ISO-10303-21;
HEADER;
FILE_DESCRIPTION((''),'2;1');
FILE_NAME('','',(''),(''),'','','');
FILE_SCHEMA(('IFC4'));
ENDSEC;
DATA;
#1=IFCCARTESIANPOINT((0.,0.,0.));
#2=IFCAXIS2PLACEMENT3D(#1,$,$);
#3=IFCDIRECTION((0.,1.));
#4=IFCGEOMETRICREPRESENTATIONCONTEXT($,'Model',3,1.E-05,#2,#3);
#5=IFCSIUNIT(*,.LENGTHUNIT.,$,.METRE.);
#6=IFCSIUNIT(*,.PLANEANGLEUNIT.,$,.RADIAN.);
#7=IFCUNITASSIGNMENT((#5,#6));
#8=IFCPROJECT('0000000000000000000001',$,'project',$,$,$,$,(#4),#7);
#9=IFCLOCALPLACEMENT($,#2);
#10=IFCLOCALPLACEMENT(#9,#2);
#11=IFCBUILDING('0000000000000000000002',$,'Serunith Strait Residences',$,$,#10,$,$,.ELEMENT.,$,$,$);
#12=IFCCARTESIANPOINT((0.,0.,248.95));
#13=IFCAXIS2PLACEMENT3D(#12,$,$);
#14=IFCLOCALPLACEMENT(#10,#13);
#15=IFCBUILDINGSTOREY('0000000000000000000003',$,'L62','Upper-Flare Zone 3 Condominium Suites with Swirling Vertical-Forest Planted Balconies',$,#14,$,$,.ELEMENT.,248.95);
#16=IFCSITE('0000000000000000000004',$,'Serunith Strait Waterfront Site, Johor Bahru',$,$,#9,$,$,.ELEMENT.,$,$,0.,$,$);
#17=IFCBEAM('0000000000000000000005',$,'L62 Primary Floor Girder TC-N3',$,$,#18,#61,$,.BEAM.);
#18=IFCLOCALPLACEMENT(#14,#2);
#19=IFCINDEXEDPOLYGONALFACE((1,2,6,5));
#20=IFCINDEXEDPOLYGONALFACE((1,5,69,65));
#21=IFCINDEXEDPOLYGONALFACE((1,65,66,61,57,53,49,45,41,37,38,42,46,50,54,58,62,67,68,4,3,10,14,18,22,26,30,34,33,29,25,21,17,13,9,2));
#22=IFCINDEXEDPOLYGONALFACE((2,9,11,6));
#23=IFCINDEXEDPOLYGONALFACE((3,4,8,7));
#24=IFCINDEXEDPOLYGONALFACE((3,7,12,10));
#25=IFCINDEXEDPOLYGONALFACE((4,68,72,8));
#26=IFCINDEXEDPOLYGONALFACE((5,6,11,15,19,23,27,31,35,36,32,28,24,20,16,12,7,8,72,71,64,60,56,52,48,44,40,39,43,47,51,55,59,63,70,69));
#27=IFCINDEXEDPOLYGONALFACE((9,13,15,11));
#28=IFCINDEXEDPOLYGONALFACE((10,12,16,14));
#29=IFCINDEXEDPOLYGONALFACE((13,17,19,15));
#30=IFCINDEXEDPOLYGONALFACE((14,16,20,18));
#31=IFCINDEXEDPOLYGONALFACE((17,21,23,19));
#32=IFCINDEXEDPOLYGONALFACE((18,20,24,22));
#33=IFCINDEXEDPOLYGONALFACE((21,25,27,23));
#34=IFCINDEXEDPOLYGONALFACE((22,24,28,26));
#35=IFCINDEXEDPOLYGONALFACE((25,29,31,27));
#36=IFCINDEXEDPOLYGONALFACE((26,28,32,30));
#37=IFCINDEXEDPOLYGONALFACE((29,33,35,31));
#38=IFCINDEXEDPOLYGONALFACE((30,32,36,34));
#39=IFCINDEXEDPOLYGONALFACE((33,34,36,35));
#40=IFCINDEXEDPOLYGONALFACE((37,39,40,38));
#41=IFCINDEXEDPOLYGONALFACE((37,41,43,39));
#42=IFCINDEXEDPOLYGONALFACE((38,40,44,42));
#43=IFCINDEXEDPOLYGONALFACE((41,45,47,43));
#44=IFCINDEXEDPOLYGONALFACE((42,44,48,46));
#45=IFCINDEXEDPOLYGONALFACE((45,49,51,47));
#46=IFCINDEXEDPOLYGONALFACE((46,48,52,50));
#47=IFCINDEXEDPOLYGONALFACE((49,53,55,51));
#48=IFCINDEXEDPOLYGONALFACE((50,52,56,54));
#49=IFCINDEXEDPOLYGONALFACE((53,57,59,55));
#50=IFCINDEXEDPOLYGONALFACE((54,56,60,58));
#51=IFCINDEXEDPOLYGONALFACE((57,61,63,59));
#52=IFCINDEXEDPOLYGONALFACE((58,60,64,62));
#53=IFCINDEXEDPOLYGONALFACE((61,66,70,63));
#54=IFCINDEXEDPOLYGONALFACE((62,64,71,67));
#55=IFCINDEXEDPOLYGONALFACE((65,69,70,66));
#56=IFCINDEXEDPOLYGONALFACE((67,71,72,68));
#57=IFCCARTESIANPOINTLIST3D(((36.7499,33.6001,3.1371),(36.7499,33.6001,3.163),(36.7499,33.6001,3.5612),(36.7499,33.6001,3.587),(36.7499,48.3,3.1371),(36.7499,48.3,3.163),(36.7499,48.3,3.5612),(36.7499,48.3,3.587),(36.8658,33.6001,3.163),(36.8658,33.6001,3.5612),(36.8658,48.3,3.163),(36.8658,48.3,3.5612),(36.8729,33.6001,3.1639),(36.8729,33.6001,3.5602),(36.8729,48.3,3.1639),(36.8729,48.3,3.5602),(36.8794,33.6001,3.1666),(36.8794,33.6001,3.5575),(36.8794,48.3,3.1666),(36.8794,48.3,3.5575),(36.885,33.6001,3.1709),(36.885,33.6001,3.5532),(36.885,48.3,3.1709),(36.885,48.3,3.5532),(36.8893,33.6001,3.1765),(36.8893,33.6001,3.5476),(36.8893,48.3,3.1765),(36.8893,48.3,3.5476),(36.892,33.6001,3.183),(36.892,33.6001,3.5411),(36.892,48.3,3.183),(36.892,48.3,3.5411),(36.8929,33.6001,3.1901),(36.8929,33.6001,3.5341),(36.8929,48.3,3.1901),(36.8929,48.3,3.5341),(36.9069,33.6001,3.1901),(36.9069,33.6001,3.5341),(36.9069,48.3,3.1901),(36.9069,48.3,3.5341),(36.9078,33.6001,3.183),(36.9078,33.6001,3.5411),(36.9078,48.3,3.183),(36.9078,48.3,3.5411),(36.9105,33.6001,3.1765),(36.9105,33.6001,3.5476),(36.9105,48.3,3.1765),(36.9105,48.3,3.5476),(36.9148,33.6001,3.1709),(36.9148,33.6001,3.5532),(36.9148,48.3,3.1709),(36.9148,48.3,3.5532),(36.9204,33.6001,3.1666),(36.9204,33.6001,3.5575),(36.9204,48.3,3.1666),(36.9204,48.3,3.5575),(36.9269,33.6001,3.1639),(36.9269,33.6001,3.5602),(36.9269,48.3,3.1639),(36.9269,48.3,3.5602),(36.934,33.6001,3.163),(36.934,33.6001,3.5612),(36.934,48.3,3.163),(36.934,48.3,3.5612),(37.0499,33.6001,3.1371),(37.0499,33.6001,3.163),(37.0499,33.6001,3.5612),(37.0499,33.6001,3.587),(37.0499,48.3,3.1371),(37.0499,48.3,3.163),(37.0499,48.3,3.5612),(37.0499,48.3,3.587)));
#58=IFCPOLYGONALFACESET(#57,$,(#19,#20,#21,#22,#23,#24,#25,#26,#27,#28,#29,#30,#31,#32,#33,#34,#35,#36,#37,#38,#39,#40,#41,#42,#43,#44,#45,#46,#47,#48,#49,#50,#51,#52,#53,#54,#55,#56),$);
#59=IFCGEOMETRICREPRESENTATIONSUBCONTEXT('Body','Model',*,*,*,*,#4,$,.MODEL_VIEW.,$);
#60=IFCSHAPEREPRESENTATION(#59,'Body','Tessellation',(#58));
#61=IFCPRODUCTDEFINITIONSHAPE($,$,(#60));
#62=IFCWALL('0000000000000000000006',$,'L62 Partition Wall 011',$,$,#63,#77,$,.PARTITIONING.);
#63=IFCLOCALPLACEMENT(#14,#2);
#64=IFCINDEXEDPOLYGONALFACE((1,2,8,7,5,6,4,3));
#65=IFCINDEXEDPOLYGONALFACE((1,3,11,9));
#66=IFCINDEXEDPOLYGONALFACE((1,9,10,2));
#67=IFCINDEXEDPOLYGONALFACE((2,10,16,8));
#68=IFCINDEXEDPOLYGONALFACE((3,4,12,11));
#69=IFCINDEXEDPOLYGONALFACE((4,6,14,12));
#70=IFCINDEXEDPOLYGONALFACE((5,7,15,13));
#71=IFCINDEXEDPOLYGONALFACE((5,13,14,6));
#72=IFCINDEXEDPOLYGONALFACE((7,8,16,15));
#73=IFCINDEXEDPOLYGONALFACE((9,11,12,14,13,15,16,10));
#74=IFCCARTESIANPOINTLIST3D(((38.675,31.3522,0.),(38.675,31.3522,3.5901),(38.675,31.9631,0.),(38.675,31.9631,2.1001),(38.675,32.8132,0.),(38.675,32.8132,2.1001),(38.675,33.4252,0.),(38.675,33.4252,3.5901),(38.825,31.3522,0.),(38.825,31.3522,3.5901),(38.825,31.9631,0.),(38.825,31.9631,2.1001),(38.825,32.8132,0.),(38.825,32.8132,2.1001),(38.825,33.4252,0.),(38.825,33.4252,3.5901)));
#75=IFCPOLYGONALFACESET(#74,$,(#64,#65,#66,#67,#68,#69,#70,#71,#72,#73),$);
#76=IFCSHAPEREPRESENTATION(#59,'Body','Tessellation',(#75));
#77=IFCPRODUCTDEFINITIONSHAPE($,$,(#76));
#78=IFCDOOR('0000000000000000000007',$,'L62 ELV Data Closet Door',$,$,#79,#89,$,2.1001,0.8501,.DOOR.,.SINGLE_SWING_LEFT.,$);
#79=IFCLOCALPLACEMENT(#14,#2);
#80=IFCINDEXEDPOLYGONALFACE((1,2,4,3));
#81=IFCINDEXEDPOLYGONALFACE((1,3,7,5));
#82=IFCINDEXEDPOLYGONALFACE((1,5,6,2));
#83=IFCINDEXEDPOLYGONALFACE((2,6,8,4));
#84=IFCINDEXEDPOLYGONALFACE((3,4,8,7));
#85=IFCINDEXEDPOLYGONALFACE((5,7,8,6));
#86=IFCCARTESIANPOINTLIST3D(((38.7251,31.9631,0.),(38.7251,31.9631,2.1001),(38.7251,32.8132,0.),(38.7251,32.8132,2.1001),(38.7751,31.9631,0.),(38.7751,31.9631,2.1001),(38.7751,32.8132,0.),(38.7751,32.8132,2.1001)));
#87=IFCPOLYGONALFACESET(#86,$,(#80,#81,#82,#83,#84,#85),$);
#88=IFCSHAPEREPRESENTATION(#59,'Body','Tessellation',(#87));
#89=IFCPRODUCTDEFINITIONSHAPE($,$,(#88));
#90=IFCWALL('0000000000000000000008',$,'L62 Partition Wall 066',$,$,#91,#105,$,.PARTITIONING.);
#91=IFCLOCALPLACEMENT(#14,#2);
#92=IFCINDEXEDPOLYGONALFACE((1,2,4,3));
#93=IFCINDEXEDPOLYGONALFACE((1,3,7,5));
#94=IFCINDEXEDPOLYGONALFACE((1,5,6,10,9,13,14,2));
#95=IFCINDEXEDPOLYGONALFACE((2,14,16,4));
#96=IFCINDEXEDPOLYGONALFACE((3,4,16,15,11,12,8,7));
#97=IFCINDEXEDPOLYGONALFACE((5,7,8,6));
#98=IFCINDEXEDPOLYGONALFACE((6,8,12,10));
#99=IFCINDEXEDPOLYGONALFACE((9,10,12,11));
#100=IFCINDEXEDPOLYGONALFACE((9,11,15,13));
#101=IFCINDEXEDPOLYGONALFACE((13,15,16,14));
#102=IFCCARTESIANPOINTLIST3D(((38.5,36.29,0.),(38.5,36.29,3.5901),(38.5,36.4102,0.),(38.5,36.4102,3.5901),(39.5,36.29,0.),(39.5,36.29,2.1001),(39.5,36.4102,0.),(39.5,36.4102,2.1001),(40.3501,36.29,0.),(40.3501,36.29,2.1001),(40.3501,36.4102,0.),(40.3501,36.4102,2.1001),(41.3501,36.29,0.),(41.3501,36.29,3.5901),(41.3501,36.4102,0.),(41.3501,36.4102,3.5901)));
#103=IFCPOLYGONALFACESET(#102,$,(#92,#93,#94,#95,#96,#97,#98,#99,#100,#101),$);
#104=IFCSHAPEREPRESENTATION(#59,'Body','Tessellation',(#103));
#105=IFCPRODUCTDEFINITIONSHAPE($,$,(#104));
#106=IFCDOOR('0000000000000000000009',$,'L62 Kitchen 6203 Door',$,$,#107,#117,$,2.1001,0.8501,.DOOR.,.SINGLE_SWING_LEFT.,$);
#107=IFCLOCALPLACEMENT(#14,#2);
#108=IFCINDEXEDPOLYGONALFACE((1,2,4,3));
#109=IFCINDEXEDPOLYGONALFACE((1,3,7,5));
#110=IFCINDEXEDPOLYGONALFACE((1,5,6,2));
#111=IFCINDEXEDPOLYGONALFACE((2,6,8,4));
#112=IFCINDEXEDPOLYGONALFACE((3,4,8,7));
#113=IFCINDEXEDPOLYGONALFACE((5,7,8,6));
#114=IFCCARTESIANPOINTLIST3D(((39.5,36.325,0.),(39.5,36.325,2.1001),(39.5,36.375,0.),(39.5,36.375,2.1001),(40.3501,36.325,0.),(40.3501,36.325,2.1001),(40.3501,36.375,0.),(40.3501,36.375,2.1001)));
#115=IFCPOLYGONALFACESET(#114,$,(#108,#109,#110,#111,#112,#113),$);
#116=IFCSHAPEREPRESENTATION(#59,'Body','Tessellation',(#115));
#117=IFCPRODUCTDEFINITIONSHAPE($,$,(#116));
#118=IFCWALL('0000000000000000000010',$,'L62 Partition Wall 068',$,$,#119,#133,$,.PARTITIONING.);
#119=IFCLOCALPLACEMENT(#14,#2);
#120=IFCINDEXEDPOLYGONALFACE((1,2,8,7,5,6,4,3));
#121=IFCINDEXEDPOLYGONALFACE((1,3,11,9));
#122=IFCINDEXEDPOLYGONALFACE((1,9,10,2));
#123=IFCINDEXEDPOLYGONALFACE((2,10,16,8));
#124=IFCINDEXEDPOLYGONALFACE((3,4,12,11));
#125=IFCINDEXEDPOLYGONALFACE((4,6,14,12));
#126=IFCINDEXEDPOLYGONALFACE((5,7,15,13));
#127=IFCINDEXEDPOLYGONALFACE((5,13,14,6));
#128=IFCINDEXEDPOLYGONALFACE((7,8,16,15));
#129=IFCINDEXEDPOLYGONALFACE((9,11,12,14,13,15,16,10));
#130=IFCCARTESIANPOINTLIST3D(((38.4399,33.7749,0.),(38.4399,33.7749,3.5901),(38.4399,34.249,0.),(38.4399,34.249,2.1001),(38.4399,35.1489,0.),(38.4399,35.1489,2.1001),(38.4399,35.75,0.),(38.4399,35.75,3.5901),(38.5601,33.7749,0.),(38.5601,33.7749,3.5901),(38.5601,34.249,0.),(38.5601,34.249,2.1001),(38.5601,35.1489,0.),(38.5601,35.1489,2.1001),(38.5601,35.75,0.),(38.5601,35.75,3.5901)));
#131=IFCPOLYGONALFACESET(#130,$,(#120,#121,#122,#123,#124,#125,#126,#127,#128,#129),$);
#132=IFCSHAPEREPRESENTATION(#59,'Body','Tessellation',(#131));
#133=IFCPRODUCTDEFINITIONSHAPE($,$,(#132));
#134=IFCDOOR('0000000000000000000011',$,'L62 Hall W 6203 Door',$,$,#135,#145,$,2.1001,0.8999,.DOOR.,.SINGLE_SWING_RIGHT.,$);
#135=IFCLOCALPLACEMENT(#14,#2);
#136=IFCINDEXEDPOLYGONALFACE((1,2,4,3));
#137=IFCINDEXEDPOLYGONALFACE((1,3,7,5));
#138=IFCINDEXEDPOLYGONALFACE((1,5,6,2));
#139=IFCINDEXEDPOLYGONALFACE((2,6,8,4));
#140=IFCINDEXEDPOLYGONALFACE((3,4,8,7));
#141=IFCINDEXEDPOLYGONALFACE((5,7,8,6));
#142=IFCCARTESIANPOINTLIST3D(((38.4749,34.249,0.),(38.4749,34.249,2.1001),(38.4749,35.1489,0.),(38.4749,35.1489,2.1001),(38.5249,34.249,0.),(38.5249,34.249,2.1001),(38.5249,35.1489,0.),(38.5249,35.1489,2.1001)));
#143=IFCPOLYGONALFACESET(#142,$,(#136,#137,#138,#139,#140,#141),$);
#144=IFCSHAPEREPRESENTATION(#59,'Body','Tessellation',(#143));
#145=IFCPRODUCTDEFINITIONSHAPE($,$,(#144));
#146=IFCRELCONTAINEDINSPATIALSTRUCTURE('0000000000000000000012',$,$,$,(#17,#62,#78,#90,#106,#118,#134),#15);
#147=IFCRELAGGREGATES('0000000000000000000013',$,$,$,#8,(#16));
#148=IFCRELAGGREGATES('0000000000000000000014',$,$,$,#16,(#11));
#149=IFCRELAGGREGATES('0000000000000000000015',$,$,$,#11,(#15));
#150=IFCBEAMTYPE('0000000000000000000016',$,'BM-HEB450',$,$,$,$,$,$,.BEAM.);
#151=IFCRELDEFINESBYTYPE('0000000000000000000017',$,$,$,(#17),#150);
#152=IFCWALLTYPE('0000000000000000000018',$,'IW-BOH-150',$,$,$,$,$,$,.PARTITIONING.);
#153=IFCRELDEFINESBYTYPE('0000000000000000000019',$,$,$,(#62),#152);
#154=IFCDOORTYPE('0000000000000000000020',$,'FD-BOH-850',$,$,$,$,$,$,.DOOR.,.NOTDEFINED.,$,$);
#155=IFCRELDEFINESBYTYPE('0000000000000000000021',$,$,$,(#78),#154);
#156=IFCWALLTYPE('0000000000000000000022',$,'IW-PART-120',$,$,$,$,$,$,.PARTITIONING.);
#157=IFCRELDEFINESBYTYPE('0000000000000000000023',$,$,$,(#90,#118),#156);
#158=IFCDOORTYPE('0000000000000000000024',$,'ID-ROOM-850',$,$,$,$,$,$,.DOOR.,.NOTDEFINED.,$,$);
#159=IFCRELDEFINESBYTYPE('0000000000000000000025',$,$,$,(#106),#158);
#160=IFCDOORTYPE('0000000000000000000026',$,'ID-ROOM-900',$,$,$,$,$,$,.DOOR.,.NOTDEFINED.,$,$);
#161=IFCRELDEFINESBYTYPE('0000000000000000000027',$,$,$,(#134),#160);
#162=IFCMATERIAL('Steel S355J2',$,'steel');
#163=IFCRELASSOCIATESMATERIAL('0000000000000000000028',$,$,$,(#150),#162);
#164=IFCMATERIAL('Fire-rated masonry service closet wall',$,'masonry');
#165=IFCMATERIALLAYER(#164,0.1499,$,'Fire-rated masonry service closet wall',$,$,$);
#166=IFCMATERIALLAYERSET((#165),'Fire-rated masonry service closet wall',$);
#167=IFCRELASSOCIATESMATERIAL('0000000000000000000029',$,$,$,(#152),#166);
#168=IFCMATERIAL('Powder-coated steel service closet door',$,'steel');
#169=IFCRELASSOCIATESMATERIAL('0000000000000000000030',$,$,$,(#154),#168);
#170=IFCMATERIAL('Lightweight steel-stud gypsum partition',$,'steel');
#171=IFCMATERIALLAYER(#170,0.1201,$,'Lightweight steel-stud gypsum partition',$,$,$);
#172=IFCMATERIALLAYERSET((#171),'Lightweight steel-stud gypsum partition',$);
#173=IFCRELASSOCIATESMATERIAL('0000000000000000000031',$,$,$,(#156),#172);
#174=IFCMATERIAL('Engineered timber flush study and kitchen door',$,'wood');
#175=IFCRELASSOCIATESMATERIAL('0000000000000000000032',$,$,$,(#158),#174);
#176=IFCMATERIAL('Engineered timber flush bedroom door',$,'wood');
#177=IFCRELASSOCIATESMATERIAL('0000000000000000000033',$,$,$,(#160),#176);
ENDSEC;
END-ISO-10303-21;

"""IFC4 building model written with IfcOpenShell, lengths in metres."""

from ifc_helpers import new_model, si_unit, direction, frame, frame_2d, origin, origin_2d, place, context, subcontext, project, spatial, rectangle, i_section, extrude, source, transform, mapped, material, layer, layer_set, material_profile, profile_set, type_object, element, fill, save


model = new_model("IFC4")

# Units and contexts
model_context = context("Model", 3, precision=1e-05, world=origin(), true_north=direction((0.0, 1.0)))
body_context = subcontext(model_context, "Body", "Model", "MODEL_VIEW")
ifc_project = project(units=[si_unit("LENGTHUNIT", "METRE"), si_unit("PLANEANGLEUNIT", "RADIAN")], contexts=[model_context])

# Site, building, storey
site_placement = place(None, origin())
site = spatial("IfcSite", under=ifc_project, at=site_placement, Name="Serunith Strait Waterfront Site, Johor Bahru", CompositionType="ELEMENT", RefElevation=0.0)
building_placement = place(site_placement, origin())
building = spatial("IfcBuilding", under=site, at=building_placement, Name="Serunith Strait Residences", CompositionType="ELEMENT")
storey_placement = place(building_placement, frame((0.0, 0.0, 248.95)))
storey = spatial("IfcBuildingStorey", under=building, at=storey_placement, Name="L62", Description="Upper-Flare Zone 3 Condominium Suites with Swirling Vertical-Forest Planted Balconies", CompositionType="ELEMENT", Elevation=248.95)

# Beam
ifc_material_1 = material(Name="Steel S355J2", Category="steel")
ifc_material_profile = material_profile(ifc_material_1, i_section(OverallWidth=0.3, OverallDepth=0.45, WebThickness=0.0139, FlangeThickness=0.0259, FilletRadius=0.0271, at=origin_2d()), Name="HEB 450")
ifc_profile_set = profile_set([ifc_material_profile], Name="Steel S355J2")
beam_type = type_object("IfcBeamType", Name="BM-HEB450", PredefinedType="BEAM", material=ifc_profile_set)
shared_shape_1 = source(origin(), body_context, "Body", "SweptSolid", [
    extrude(i_section(OverallWidth=0.3, OverallDepth=0.45, WebThickness=0.0139, FlangeThickness=0.0259, FilletRadius=0.0271, at=origin_2d()), origin(), (0.0, 0.0, 1.0), 14.7),
])
beam_placement = place(storey_placement, frame((36.8999, 33.6001, 3.3621), z_axis=(0.0, 1.0, 0.0), x_axis=(-1.0, 0.0, 0.0)))
element("IfcBeam", 1, at=beam_placement, inside=storey, type_object=beam_type, Name="L62 Primary Floor Girder TC-N3", PredefinedType="BEAM", context=body_context, shape_type="MappedRepresentation", body=[
    mapped(shared_shape_1, transform((0.0, 0.0, 0.0), scale=1.0)),
])

# Walls, openings, doors
ifc_material_2 = material(Name="Fire-rated masonry service closet wall", Category="masonry")
ifc_layer_1 = layer(ifc_material_2, 0.1499, Name="Fire-rated masonry service closet wall")
ifc_layer_set_1 = layer_set([ifc_layer_1], Name="Fire-rated masonry service closet wall")
wall_type_1 = type_object("IfcWallType", Name="IW-BOH-150", PredefinedType="PARTITIONING", material=ifc_layer_set_1)
wall_1_placement = place(storey_placement, frame((38.75, 31.3521, 0.0), z_axis=(0.0, 0.0, 1.0), x_axis=(0.0, 1.0, 0.0)))
wall_1 = element("IfcWall", 2, at=wall_1_placement, inside=storey, type_object=wall_type_1, Name="L62 Partition Wall 011", PredefinedType="PARTITIONING", context=body_context, shape_type="SweptSolid", body=[
    extrude(rectangle(XDim=2.073, YDim=0.1499, at=frame_2d((1.0366, 0.0))), origin(), (0.0, 0.0, 1.0), 3.5901),
])
opening_1_placement = place(wall_1_placement, frame((0.6111, 0.0, 0.0)))
opening_1 = element("IfcOpeningElement", 3, at=opening_1_placement, cuts=wall_1, PredefinedType="OPENING", context=body_context, shape_type="SweptSolid", body=[
    extrude(rectangle(XDim=0.8501, YDim=2.1001, at=frame_2d((0.425, 1.05))), frame((0.0, 0.085, 0.0), z_axis=(0.0, -1.0, 0.0), x_axis=(1.0, 0.0, 0.0)), (0.0, 0.0, 1.0), 0.1699),
])
ifc_material_3 = material(Name="Powder-coated steel service closet door", Category="steel")
door_type_1 = type_object("IfcDoorType", Name="FD-BOH-850", OperationType="NOTDEFINED", PredefinedType="DOOR", material=ifc_material_3)
shared_shape_2 = source(origin(), body_context, "Body", "SweptSolid", [
    extrude(rectangle(XDim=0.8501, YDim=2.1001, at=frame_2d((0.425, 1.05))), frame((0.0, 0.0249, 0.0), z_axis=(0.0, -1.0, 0.0), x_axis=(1.0, 0.0, 0.0)), (0.0, 0.0, 1.0), 0.05),
])
door_1_placement = place(opening_1_placement, origin())
door_1 = element("IfcDoor", 4, at=door_1_placement, inside=storey, type_object=door_type_1, Name="L62 ELV Data Closet Door", OperationType="SINGLE_SWING_LEFT", OverallHeight=2.1001, OverallWidth=0.8501, PredefinedType="DOOR", context=body_context, shape_type="MappedRepresentation", body=[
    mapped(shared_shape_2, transform((0.0, 0.0, 0.0), scale=1.0)),
])
fill(opening_1, door_1)
ifc_material_4 = material(Name="Lightweight steel-stud gypsum partition", Category="steel")
ifc_layer_2 = layer(ifc_material_4, 0.1201, Name="Lightweight steel-stud gypsum partition")
ifc_layer_set_2 = layer_set([ifc_layer_2], Name="Lightweight steel-stud gypsum partition")
wall_type_2 = type_object("IfcWallType", Name="IW-PART-120", PredefinedType="PARTITIONING", material=ifc_layer_set_2)
wall_2_placement = place(storey_placement, frame((38.5, 36.3501, 0.0), z_axis=(0.0, 0.0, 1.0), x_axis=(1.0, 0.0, 0.0)))
wall_2 = element("IfcWall", 5, at=wall_2_placement, inside=storey, type_object=wall_type_2, Name="L62 Partition Wall 066", PredefinedType="PARTITIONING", context=body_context, shape_type="SweptSolid", body=[
    extrude(rectangle(XDim=2.8501, YDim=0.1201, at=frame_2d((1.425, 0.0))), origin(), (0.0, 0.0, 1.0), 3.5901),
])
opening_2_placement = place(wall_2_placement, frame((1.0, 0.0, 0.0)))
opening_2 = element("IfcOpeningElement", 6, at=opening_2_placement, cuts=wall_2, PredefinedType="OPENING", context=body_context, shape_type="SweptSolid", body=[
    extrude(rectangle(XDim=0.8501, YDim=2.1001, at=frame_2d((0.425, 1.05))), frame((0.0, 0.0701, 0.0), z_axis=(0.0, -1.0, 0.0), x_axis=(1.0, 0.0, 0.0)), (0.0, 0.0, 1.0), 0.1401),
])
ifc_material_5 = material(Name="Engineered timber flush study and kitchen door", Category="wood")
door_type_2 = type_object("IfcDoorType", Name="ID-ROOM-850", OperationType="NOTDEFINED", PredefinedType="DOOR", material=ifc_material_5)
door_2_placement = place(opening_2_placement, origin())
door_2 = element("IfcDoor", 7, at=door_2_placement, inside=storey, type_object=door_type_2, Name="L62 Kitchen 6203 Door", OperationType="SINGLE_SWING_LEFT", OverallHeight=2.1001, OverallWidth=0.8501, PredefinedType="DOOR", context=body_context, shape_type="MappedRepresentation", body=[
    mapped(shared_shape_2, transform((0.0, 0.0, 0.0), scale=1.0)),
])
fill(opening_2, door_2)
wall_3_placement = place(storey_placement, frame((38.5, 35.75, 0.0), z_axis=(0.0, 0.0, 1.0), x_axis=(0.0, -1.0, 0.0)))
wall_3 = element("IfcWall", 8, at=wall_3_placement, inside=storey, type_object=wall_type_2, Name="L62 Partition Wall 068", PredefinedType="PARTITIONING", context=body_context, shape_type="SweptSolid", body=[
    extrude(rectangle(XDim=1.9751, YDim=0.1201, at=frame_2d((0.9875, 0.0))), origin(), (0.0, 0.0, 1.0), 3.5901),
])
opening_3_placement = place(wall_3_placement, frame((0.6011, 0.0, 0.0)))
opening_3 = element("IfcOpeningElement", 9, at=opening_3_placement, cuts=wall_3, PredefinedType="OPENING", context=body_context, shape_type="SweptSolid", body=[
    extrude(rectangle(XDim=0.8999, YDim=2.1001, at=frame_2d((0.45, 1.05))), frame((0.0, 0.0701, 0.0), z_axis=(0.0, -1.0, 0.0), x_axis=(1.0, 0.0, 0.0)), (0.0, 0.0, 1.0), 0.1401),
])
ifc_material_6 = material(Name="Engineered timber flush bedroom door", Category="wood")
door_type_3 = type_object("IfcDoorType", Name="ID-ROOM-900", OperationType="NOTDEFINED", PredefinedType="DOOR", material=ifc_material_6)
shared_shape_3 = source(origin(), body_context, "Body", "SweptSolid", [
    extrude(rectangle(XDim=0.8999, YDim=2.1001, at=frame_2d((0.45, 1.05))), frame((0.0, 0.0249, 0.0), z_axis=(0.0, -1.0, 0.0), x_axis=(1.0, 0.0, 0.0)), (0.0, 0.0, 1.0), 0.05),
])
door_3_placement = place(opening_3_placement, origin())
door_3 = element("IfcDoor", 10, at=door_3_placement, inside=storey, type_object=door_type_3, Name="L62 Hall W 6203 Door", OperationType="SINGLE_SWING_RIGHT", OverallHeight=2.1001, OverallWidth=0.8999, PredefinedType="DOOR", context=body_context, shape_type="MappedRepresentation", body=[
    mapped(shared_shape_3, transform((0.0, 0.0, 0.0), scale=1.0)),
])
fill(opening_3, door_3)

save(model, "model.ifc")
